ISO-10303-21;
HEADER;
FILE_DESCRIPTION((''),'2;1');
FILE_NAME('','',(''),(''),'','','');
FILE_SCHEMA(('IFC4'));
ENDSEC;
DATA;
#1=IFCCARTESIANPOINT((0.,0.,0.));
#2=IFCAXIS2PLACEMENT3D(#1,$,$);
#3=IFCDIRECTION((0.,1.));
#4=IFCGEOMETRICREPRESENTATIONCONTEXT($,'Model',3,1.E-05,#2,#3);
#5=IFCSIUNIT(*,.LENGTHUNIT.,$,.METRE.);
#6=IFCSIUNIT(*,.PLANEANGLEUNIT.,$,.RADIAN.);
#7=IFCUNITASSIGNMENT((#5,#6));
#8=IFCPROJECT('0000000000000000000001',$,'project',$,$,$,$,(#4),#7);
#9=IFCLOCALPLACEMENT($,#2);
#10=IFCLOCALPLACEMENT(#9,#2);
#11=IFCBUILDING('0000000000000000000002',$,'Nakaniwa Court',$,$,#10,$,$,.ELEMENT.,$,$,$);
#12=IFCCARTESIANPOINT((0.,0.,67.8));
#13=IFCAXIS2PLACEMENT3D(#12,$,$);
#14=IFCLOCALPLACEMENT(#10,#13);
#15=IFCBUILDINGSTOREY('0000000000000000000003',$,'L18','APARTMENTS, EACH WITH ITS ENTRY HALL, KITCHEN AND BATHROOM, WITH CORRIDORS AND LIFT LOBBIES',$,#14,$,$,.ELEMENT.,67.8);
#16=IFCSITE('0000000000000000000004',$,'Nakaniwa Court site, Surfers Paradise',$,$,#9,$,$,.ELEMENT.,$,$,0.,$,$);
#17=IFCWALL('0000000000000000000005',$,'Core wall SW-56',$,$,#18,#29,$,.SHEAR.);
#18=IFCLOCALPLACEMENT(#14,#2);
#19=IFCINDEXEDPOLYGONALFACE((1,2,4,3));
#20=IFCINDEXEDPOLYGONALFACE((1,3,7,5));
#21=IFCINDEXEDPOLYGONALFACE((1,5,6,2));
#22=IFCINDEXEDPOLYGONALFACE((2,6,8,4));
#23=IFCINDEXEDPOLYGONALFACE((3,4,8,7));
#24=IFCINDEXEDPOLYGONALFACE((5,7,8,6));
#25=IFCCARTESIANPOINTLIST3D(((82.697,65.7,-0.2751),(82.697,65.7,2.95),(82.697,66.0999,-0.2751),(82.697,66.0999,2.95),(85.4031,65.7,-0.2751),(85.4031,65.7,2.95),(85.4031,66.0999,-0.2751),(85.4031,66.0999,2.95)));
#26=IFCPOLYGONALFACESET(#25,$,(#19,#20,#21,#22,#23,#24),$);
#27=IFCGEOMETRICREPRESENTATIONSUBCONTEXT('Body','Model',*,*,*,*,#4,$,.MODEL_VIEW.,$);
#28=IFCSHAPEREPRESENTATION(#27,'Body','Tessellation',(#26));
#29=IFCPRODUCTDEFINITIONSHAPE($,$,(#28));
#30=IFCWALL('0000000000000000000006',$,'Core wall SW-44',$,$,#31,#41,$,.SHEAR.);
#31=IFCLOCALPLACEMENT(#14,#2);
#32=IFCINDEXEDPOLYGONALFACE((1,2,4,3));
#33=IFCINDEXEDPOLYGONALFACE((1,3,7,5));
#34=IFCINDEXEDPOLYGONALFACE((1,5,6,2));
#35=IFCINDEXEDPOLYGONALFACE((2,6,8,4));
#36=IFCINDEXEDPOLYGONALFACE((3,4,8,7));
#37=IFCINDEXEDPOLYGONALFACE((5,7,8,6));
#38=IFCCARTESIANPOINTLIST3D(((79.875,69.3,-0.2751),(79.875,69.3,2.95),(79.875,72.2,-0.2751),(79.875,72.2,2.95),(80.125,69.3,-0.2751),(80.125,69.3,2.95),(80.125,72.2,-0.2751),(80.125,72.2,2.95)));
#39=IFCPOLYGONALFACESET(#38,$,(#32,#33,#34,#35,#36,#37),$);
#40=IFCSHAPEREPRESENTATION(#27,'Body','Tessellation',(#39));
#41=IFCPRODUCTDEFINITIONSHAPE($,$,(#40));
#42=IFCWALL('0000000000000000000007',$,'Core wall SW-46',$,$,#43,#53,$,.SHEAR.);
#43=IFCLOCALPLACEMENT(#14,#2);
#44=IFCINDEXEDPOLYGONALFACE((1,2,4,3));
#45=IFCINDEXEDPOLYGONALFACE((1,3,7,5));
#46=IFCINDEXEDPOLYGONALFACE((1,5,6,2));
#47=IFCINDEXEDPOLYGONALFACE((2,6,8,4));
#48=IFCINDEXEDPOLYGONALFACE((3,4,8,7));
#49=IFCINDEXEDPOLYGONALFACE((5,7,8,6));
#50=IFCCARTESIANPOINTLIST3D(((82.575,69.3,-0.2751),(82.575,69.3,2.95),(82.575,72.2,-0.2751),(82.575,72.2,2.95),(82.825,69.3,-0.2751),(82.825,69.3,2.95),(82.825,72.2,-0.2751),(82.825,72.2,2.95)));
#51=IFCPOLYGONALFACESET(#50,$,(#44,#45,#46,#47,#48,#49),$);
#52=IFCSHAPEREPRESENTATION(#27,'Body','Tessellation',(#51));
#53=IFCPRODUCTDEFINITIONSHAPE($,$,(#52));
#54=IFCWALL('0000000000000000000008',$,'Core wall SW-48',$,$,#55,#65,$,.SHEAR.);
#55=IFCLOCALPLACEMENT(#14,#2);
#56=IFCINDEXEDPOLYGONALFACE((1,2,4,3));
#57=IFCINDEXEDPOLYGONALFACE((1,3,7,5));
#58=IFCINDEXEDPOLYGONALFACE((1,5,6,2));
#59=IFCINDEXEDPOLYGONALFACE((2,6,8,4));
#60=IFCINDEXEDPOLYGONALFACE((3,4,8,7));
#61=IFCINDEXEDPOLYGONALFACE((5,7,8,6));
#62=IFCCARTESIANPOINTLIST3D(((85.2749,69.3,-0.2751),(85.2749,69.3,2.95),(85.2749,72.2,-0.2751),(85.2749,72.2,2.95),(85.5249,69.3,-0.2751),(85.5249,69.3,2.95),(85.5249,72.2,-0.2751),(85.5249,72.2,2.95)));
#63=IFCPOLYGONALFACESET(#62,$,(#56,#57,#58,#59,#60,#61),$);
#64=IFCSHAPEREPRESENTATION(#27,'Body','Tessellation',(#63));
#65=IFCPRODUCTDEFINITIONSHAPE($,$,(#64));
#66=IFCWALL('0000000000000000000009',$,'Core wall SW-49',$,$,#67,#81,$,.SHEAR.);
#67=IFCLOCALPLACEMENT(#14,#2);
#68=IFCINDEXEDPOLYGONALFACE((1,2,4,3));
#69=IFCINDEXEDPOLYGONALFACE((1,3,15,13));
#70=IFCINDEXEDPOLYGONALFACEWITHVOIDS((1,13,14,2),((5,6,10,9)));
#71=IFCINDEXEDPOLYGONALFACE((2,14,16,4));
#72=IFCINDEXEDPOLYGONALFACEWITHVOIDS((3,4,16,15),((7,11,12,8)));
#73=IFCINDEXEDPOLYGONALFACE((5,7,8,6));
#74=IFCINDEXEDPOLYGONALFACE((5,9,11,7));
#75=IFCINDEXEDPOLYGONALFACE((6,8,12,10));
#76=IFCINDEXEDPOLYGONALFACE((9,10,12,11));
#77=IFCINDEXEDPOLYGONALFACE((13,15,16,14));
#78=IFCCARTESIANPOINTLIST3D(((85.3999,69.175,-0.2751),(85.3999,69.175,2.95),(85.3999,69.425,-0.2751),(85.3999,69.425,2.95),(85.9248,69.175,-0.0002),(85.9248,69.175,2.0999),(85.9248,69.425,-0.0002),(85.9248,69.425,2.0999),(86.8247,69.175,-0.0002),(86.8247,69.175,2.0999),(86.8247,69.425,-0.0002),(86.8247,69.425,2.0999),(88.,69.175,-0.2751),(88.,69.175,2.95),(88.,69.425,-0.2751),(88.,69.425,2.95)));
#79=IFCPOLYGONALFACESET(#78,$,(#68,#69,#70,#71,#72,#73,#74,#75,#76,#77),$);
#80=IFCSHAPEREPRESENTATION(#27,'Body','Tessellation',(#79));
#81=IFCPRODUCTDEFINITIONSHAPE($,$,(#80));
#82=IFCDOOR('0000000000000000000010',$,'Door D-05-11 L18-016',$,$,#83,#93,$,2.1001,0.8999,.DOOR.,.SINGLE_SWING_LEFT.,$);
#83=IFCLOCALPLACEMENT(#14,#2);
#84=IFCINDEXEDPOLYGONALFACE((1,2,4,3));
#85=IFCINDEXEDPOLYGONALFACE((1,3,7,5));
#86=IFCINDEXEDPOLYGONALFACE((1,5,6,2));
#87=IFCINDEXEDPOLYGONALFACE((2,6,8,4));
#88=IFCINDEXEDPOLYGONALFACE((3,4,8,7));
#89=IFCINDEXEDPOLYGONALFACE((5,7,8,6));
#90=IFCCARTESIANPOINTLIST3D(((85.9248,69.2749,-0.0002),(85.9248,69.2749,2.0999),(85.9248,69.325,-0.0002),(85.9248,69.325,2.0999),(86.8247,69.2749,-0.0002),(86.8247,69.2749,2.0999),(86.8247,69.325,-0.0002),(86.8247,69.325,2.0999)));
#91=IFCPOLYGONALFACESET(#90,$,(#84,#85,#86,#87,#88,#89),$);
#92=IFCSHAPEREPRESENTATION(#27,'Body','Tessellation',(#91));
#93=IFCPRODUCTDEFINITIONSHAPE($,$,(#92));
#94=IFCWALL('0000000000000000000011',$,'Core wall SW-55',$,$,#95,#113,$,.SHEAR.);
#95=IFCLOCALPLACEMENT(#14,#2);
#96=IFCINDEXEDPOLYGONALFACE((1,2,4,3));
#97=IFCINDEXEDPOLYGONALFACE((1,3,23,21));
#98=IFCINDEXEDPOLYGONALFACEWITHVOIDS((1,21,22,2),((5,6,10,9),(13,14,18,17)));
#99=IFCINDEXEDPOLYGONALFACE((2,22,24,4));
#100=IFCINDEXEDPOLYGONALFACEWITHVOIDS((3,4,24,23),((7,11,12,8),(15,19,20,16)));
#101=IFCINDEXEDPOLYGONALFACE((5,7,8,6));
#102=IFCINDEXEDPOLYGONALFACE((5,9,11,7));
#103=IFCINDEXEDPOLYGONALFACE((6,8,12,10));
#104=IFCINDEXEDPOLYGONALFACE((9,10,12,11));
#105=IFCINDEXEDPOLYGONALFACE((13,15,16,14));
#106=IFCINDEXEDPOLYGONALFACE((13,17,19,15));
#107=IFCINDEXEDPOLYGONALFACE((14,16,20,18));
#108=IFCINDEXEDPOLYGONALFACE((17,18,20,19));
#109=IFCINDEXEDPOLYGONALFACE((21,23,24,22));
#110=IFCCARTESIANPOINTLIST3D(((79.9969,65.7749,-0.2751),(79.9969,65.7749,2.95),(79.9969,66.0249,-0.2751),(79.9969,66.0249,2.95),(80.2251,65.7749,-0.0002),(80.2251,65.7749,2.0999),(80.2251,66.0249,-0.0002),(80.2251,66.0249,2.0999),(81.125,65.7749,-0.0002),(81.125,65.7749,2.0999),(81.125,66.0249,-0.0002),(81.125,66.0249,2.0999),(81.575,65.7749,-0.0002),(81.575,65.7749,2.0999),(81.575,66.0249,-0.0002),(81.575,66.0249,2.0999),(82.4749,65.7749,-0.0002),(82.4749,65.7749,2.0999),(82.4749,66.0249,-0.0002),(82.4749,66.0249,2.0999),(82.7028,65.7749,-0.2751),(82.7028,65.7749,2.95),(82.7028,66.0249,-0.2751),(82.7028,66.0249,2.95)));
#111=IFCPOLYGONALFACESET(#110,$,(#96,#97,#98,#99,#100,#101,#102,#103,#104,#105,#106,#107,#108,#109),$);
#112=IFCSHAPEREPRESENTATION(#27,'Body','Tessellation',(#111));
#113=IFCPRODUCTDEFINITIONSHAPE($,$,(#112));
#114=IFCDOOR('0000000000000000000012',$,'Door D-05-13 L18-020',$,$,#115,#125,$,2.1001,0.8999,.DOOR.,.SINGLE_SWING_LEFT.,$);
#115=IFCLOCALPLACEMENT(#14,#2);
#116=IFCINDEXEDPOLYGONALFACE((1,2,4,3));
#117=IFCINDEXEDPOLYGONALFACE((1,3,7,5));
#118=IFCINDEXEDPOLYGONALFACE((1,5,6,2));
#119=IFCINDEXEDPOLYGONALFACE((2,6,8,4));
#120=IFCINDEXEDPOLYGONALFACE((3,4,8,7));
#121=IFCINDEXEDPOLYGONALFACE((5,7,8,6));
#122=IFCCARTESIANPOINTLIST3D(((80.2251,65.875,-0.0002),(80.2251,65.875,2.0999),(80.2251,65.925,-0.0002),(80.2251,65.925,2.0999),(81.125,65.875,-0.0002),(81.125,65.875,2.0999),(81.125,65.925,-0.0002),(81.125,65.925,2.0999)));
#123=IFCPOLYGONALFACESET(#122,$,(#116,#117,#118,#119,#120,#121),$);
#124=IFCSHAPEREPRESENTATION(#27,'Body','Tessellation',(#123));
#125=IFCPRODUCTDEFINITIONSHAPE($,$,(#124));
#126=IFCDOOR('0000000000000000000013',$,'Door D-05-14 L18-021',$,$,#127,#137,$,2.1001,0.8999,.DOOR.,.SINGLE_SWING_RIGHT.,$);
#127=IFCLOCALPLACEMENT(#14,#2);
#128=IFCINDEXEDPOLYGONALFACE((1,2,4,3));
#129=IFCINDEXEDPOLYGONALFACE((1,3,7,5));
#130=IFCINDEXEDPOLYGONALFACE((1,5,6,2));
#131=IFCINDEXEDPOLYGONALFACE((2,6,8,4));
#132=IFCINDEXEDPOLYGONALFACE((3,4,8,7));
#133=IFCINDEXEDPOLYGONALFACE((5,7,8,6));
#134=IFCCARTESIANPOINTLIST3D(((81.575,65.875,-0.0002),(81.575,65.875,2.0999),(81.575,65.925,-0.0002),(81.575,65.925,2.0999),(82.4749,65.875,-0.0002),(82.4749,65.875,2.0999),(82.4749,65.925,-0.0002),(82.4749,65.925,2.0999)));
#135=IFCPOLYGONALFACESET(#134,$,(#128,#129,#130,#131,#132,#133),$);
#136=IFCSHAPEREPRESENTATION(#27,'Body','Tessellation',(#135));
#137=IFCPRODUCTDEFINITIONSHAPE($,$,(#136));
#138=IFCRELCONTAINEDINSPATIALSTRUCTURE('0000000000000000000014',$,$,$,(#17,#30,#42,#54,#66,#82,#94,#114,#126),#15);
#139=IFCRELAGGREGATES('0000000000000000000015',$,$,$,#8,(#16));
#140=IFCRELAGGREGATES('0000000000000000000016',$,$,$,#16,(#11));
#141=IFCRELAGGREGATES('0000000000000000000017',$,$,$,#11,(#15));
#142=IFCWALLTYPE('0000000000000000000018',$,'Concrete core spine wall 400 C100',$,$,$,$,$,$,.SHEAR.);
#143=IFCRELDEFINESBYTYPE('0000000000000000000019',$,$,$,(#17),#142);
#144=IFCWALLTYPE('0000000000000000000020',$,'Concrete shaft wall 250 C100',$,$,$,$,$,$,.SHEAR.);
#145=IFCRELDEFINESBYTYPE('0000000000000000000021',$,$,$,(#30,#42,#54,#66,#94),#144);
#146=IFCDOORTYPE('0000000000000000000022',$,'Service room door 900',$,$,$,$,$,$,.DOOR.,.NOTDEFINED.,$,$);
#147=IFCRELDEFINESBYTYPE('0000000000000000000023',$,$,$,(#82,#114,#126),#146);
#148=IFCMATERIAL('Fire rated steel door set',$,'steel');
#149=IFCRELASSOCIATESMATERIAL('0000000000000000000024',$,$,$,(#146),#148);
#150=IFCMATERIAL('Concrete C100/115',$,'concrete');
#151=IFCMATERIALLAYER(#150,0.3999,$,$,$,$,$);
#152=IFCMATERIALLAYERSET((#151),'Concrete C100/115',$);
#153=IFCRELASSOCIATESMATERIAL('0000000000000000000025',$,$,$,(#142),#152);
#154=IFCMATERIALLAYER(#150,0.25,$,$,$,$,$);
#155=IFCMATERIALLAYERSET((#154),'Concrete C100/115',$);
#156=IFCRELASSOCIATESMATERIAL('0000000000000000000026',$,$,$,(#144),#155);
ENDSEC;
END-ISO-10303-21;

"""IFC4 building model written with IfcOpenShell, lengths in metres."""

from ifc_helpers import new_model, si_unit, direction, frame, frame_2d, origin, place, context, subcontext, project, spatial, rectangle, extrude, material, layer, layer_set, type_object, element, fill, save


model = new_model("IFC4")

# Units and contexts
model_context = context("Model", 3, precision=1e-05, world=origin(), true_north=direction((0.0, 1.0)))
body_context = subcontext(model_context, "Body", "Model", "MODEL_VIEW")
ifc_project = project(units=[si_unit("LENGTHUNIT", "METRE"), si_unit("PLANEANGLEUNIT", "RADIAN")], contexts=[model_context])

# Site, building, storey
site_placement = place(None, origin())
site = spatial("IfcSite", under=ifc_project, at=site_placement, Name="Nakaniwa Court site, Surfers Paradise", CompositionType="ELEMENT", RefElevation=0.0)
building_placement = place(site_placement, origin())
building = spatial("IfcBuilding", under=site, at=building_placement, Name="Nakaniwa Court", CompositionType="ELEMENT")
storey_placement = place(building_placement, frame((0.0, 0.0, 67.8)))
storey = spatial("IfcBuildingStorey", under=building, at=storey_placement, Name="L18", Description="APARTMENTS, EACH WITH ITS ENTRY HALL, KITCHEN AND BATHROOM, WITH CORRIDORS AND LIFT LOBBIES", CompositionType="ELEMENT", Elevation=67.8)

# Shared definitions
ifc_material_1 = material(Name="Concrete C100/115", Category="concrete")

# Shared definitions
ifc_material_2 = material(Name="Fire rated steel door set", Category="steel")
door_type_1 = type_object("IfcDoorType", Name="Service room door 900", OperationType="NOTDEFINED", PredefinedType="DOOR", material=ifc_material_2)

# Walls
ifc_layer_1 = layer(ifc_material_1, 0.3999)
ifc_layer_set_1 = layer_set([ifc_layer_1], Name="Concrete C100/115")
wall_type_1 = type_object("IfcWallType", Name="Concrete core spine wall 400 C100", PredefinedType="SHEAR", material=ifc_layer_set_1)
wall_1_placement = place(storey_placement, frame((82.697, 65.8999, -0.2751), z_axis=(0.0, 0.0, 1.0), x_axis=(1.0, 0.0, 0.0)))
element("IfcWall", 1, at=wall_1_placement, inside=storey, type_object=wall_type_1, Name="Core wall SW-56", PredefinedType="SHEAR", context=body_context, shape_type="SweptSolid", body=[
    extrude(rectangle(XDim=2.7061, YDim=0.3999, at=frame_2d((1.353, 0.0))), origin(), (0.0, 0.0, 1.0), 3.2251),
])
ifc_layer_2 = layer(ifc_material_1, 0.25)
ifc_layer_set_2 = layer_set([ifc_layer_2], Name="Concrete C100/115")
wall_type_2 = type_object("IfcWallType", Name="Concrete shaft wall 250 C100", PredefinedType="SHEAR", material=ifc_layer_set_2)
for number, where, z_axis, x_axis, name in (
    (2, (80.0, 69.3, -0.2751), (0.0, 0.0, 1.0), (0.0, 1.0, 0.0), "Core wall SW-44"),
    (3, (82.7, 69.3, -0.2751), (0.0, 0.0, 1.0), (0.0, 1.0, 0.0), "Core wall SW-46"),
    (4, (85.3999, 69.3, -0.2751), (0.0, 0.0, 1.0), (0.0, 1.0, 0.0), "Core wall SW-48"),
):
    element("IfcWall", number, at=place(storey_placement, frame(where, z_axis=z_axis, x_axis=x_axis)), inside=storey, type_object=wall_type_2, Name=name, PredefinedType="SHEAR", context=body_context, shape_type="SweptSolid", body=[
        extrude(rectangle(XDim=2.8999, YDim=0.25, at=frame_2d((1.45, 0.0))), origin(), (0.0, 0.0, 1.0), 3.2251),
    ])

# Wall, opening, door
wall_2_placement = place(storey_placement, frame((85.3999, 69.3, -0.2751), z_axis=(0.0, 0.0, 1.0), x_axis=(1.0, 0.0, 0.0)))
wall_2 = element("IfcWall", 5, at=wall_2_placement, inside=storey, type_object=wall_type_2, Name="Core wall SW-49", PredefinedType="SHEAR", context=body_context, shape_type="SweptSolid", body=[
    extrude(rectangle(XDim=2.6001, YDim=0.25, at=frame_2d((1.3, 0.0))), origin(), (0.0, 0.0, 1.0), 3.2251),
])
opening_1_placement = place(wall_2_placement, frame((0.5249, 0.0, 0.2749)))
opening_1 = element("IfcOpeningElement", 6, at=opening_1_placement, cuts=wall_2, PredefinedType="OPENING", context=body_context, shape_type="SweptSolid", body=[
    extrude(rectangle(XDim=0.8999, YDim=2.1001, at=frame_2d((0.45, 1.05))), frame((0.0, 0.135, 0.0), z_axis=(0.0, -1.0, 0.0), x_axis=(1.0, 0.0, 0.0)), (0.0, 0.0, 1.0), 0.27),
])
door_1_placement = place(opening_1_placement, origin())
door_1 = element("IfcDoor", 7, at=door_1_placement, inside=storey, type_object=door_type_1, Name="Door D-05-11 L18-016", OperationType="SINGLE_SWING_LEFT", OverallHeight=2.1001, OverallWidth=0.8999, PredefinedType="DOOR", context=body_context, shape_type="SweptSolid", body=[
    extrude(rectangle(XDim=0.8999, YDim=2.1001, at=frame_2d((0.45, 1.05))), frame((0.0, 0.0249, 0.0), z_axis=(0.0, -1.0, 0.0), x_axis=(1.0, 0.0, 0.0)), (0.0, 0.0, 1.0), 0.05),
])
fill(opening_1, door_1)

# Wall, openings, doors
wall_3_placement = place(storey_placement, frame((82.7029, 65.8999, -0.2751), z_axis=(0.0, 0.0, 1.0), x_axis=(-1.0, 0.0, 0.0)))
wall_3 = element("IfcWall", 8, at=wall_3_placement, inside=storey, type_object=wall_type_2, Name="Core wall SW-55", PredefinedType="SHEAR", context=body_context, shape_type="SweptSolid", body=[
    extrude(rectangle(XDim=2.7058, YDim=0.25, at=frame_2d((1.353, 0.0))), origin(), (0.0, 0.0, 1.0), 3.2251),
])
opening_2_placement = place(wall_3_placement, frame((1.5779, 0.0, 0.2749)))
opening_2 = element("IfcOpeningElement", 9, at=opening_2_placement, cuts=wall_3, PredefinedType="OPENING", context=body_context, shape_type="SweptSolid", body=[
    extrude(rectangle(XDim=0.8999, YDim=2.1001, at=frame_2d((0.45, 1.05))), frame((0.0, 0.135, 0.0), z_axis=(0.0, -1.0, 0.0), x_axis=(1.0, 0.0, 0.0)), (0.0, 0.0, 1.0), 0.27),
])
opening_3_placement = place(wall_3_placement, frame((0.228, 0.0, 0.2749)))
opening_3 = element("IfcOpeningElement", 10, at=opening_3_placement, cuts=wall_3, PredefinedType="OPENING", context=body_context, shape_type="SweptSolid", body=[
    extrude(rectangle(XDim=0.8999, YDim=2.1001, at=frame_2d((0.45, 1.05))), frame((0.0, 0.135, 0.0), z_axis=(0.0, -1.0, 0.0), x_axis=(1.0, 0.0, 0.0)), (0.0, 0.0, 1.0), 0.27),
])
door_2_placement = place(opening_2_placement, origin())
door_2 = element("IfcDoor", 11, at=door_2_placement, inside=storey, type_object=door_type_1, Name="Door D-05-13 L18-020", OperationType="SINGLE_SWING_LEFT", OverallHeight=2.1001, OverallWidth=0.8999, PredefinedType="DOOR", context=body_context, shape_type="SweptSolid", body=[
    extrude(rectangle(XDim=0.8999, YDim=2.1001, at=frame_2d((0.45, 1.05))), frame((0.0, 0.0249, 0.0), z_axis=(0.0, -1.0, 0.0), x_axis=(1.0, 0.0, 0.0)), (0.0, 0.0, 1.0), 0.05),
])
fill(opening_2, door_2)
door_3_placement = place(opening_3_placement, origin())
door_3 = element("IfcDoor", 12, at=door_3_placement, inside=storey, type_object=door_type_1, Name="Door D-05-14 L18-021", OperationType="SINGLE_SWING_RIGHT", OverallHeight=2.1001, OverallWidth=0.8999, PredefinedType="DOOR", context=body_context, shape_type="SweptSolid", body=[
    extrude(rectangle(XDim=0.8999, YDim=2.1001, at=frame_2d((0.45, 1.05))), frame((0.0, 0.0249, 0.0), z_axis=(0.0, -1.0, 0.0), x_axis=(1.0, 0.0, 0.0)), (0.0, 0.0, 1.0), 0.05),
])
fill(opening_3, door_3)

save(model, "model.ifc")
